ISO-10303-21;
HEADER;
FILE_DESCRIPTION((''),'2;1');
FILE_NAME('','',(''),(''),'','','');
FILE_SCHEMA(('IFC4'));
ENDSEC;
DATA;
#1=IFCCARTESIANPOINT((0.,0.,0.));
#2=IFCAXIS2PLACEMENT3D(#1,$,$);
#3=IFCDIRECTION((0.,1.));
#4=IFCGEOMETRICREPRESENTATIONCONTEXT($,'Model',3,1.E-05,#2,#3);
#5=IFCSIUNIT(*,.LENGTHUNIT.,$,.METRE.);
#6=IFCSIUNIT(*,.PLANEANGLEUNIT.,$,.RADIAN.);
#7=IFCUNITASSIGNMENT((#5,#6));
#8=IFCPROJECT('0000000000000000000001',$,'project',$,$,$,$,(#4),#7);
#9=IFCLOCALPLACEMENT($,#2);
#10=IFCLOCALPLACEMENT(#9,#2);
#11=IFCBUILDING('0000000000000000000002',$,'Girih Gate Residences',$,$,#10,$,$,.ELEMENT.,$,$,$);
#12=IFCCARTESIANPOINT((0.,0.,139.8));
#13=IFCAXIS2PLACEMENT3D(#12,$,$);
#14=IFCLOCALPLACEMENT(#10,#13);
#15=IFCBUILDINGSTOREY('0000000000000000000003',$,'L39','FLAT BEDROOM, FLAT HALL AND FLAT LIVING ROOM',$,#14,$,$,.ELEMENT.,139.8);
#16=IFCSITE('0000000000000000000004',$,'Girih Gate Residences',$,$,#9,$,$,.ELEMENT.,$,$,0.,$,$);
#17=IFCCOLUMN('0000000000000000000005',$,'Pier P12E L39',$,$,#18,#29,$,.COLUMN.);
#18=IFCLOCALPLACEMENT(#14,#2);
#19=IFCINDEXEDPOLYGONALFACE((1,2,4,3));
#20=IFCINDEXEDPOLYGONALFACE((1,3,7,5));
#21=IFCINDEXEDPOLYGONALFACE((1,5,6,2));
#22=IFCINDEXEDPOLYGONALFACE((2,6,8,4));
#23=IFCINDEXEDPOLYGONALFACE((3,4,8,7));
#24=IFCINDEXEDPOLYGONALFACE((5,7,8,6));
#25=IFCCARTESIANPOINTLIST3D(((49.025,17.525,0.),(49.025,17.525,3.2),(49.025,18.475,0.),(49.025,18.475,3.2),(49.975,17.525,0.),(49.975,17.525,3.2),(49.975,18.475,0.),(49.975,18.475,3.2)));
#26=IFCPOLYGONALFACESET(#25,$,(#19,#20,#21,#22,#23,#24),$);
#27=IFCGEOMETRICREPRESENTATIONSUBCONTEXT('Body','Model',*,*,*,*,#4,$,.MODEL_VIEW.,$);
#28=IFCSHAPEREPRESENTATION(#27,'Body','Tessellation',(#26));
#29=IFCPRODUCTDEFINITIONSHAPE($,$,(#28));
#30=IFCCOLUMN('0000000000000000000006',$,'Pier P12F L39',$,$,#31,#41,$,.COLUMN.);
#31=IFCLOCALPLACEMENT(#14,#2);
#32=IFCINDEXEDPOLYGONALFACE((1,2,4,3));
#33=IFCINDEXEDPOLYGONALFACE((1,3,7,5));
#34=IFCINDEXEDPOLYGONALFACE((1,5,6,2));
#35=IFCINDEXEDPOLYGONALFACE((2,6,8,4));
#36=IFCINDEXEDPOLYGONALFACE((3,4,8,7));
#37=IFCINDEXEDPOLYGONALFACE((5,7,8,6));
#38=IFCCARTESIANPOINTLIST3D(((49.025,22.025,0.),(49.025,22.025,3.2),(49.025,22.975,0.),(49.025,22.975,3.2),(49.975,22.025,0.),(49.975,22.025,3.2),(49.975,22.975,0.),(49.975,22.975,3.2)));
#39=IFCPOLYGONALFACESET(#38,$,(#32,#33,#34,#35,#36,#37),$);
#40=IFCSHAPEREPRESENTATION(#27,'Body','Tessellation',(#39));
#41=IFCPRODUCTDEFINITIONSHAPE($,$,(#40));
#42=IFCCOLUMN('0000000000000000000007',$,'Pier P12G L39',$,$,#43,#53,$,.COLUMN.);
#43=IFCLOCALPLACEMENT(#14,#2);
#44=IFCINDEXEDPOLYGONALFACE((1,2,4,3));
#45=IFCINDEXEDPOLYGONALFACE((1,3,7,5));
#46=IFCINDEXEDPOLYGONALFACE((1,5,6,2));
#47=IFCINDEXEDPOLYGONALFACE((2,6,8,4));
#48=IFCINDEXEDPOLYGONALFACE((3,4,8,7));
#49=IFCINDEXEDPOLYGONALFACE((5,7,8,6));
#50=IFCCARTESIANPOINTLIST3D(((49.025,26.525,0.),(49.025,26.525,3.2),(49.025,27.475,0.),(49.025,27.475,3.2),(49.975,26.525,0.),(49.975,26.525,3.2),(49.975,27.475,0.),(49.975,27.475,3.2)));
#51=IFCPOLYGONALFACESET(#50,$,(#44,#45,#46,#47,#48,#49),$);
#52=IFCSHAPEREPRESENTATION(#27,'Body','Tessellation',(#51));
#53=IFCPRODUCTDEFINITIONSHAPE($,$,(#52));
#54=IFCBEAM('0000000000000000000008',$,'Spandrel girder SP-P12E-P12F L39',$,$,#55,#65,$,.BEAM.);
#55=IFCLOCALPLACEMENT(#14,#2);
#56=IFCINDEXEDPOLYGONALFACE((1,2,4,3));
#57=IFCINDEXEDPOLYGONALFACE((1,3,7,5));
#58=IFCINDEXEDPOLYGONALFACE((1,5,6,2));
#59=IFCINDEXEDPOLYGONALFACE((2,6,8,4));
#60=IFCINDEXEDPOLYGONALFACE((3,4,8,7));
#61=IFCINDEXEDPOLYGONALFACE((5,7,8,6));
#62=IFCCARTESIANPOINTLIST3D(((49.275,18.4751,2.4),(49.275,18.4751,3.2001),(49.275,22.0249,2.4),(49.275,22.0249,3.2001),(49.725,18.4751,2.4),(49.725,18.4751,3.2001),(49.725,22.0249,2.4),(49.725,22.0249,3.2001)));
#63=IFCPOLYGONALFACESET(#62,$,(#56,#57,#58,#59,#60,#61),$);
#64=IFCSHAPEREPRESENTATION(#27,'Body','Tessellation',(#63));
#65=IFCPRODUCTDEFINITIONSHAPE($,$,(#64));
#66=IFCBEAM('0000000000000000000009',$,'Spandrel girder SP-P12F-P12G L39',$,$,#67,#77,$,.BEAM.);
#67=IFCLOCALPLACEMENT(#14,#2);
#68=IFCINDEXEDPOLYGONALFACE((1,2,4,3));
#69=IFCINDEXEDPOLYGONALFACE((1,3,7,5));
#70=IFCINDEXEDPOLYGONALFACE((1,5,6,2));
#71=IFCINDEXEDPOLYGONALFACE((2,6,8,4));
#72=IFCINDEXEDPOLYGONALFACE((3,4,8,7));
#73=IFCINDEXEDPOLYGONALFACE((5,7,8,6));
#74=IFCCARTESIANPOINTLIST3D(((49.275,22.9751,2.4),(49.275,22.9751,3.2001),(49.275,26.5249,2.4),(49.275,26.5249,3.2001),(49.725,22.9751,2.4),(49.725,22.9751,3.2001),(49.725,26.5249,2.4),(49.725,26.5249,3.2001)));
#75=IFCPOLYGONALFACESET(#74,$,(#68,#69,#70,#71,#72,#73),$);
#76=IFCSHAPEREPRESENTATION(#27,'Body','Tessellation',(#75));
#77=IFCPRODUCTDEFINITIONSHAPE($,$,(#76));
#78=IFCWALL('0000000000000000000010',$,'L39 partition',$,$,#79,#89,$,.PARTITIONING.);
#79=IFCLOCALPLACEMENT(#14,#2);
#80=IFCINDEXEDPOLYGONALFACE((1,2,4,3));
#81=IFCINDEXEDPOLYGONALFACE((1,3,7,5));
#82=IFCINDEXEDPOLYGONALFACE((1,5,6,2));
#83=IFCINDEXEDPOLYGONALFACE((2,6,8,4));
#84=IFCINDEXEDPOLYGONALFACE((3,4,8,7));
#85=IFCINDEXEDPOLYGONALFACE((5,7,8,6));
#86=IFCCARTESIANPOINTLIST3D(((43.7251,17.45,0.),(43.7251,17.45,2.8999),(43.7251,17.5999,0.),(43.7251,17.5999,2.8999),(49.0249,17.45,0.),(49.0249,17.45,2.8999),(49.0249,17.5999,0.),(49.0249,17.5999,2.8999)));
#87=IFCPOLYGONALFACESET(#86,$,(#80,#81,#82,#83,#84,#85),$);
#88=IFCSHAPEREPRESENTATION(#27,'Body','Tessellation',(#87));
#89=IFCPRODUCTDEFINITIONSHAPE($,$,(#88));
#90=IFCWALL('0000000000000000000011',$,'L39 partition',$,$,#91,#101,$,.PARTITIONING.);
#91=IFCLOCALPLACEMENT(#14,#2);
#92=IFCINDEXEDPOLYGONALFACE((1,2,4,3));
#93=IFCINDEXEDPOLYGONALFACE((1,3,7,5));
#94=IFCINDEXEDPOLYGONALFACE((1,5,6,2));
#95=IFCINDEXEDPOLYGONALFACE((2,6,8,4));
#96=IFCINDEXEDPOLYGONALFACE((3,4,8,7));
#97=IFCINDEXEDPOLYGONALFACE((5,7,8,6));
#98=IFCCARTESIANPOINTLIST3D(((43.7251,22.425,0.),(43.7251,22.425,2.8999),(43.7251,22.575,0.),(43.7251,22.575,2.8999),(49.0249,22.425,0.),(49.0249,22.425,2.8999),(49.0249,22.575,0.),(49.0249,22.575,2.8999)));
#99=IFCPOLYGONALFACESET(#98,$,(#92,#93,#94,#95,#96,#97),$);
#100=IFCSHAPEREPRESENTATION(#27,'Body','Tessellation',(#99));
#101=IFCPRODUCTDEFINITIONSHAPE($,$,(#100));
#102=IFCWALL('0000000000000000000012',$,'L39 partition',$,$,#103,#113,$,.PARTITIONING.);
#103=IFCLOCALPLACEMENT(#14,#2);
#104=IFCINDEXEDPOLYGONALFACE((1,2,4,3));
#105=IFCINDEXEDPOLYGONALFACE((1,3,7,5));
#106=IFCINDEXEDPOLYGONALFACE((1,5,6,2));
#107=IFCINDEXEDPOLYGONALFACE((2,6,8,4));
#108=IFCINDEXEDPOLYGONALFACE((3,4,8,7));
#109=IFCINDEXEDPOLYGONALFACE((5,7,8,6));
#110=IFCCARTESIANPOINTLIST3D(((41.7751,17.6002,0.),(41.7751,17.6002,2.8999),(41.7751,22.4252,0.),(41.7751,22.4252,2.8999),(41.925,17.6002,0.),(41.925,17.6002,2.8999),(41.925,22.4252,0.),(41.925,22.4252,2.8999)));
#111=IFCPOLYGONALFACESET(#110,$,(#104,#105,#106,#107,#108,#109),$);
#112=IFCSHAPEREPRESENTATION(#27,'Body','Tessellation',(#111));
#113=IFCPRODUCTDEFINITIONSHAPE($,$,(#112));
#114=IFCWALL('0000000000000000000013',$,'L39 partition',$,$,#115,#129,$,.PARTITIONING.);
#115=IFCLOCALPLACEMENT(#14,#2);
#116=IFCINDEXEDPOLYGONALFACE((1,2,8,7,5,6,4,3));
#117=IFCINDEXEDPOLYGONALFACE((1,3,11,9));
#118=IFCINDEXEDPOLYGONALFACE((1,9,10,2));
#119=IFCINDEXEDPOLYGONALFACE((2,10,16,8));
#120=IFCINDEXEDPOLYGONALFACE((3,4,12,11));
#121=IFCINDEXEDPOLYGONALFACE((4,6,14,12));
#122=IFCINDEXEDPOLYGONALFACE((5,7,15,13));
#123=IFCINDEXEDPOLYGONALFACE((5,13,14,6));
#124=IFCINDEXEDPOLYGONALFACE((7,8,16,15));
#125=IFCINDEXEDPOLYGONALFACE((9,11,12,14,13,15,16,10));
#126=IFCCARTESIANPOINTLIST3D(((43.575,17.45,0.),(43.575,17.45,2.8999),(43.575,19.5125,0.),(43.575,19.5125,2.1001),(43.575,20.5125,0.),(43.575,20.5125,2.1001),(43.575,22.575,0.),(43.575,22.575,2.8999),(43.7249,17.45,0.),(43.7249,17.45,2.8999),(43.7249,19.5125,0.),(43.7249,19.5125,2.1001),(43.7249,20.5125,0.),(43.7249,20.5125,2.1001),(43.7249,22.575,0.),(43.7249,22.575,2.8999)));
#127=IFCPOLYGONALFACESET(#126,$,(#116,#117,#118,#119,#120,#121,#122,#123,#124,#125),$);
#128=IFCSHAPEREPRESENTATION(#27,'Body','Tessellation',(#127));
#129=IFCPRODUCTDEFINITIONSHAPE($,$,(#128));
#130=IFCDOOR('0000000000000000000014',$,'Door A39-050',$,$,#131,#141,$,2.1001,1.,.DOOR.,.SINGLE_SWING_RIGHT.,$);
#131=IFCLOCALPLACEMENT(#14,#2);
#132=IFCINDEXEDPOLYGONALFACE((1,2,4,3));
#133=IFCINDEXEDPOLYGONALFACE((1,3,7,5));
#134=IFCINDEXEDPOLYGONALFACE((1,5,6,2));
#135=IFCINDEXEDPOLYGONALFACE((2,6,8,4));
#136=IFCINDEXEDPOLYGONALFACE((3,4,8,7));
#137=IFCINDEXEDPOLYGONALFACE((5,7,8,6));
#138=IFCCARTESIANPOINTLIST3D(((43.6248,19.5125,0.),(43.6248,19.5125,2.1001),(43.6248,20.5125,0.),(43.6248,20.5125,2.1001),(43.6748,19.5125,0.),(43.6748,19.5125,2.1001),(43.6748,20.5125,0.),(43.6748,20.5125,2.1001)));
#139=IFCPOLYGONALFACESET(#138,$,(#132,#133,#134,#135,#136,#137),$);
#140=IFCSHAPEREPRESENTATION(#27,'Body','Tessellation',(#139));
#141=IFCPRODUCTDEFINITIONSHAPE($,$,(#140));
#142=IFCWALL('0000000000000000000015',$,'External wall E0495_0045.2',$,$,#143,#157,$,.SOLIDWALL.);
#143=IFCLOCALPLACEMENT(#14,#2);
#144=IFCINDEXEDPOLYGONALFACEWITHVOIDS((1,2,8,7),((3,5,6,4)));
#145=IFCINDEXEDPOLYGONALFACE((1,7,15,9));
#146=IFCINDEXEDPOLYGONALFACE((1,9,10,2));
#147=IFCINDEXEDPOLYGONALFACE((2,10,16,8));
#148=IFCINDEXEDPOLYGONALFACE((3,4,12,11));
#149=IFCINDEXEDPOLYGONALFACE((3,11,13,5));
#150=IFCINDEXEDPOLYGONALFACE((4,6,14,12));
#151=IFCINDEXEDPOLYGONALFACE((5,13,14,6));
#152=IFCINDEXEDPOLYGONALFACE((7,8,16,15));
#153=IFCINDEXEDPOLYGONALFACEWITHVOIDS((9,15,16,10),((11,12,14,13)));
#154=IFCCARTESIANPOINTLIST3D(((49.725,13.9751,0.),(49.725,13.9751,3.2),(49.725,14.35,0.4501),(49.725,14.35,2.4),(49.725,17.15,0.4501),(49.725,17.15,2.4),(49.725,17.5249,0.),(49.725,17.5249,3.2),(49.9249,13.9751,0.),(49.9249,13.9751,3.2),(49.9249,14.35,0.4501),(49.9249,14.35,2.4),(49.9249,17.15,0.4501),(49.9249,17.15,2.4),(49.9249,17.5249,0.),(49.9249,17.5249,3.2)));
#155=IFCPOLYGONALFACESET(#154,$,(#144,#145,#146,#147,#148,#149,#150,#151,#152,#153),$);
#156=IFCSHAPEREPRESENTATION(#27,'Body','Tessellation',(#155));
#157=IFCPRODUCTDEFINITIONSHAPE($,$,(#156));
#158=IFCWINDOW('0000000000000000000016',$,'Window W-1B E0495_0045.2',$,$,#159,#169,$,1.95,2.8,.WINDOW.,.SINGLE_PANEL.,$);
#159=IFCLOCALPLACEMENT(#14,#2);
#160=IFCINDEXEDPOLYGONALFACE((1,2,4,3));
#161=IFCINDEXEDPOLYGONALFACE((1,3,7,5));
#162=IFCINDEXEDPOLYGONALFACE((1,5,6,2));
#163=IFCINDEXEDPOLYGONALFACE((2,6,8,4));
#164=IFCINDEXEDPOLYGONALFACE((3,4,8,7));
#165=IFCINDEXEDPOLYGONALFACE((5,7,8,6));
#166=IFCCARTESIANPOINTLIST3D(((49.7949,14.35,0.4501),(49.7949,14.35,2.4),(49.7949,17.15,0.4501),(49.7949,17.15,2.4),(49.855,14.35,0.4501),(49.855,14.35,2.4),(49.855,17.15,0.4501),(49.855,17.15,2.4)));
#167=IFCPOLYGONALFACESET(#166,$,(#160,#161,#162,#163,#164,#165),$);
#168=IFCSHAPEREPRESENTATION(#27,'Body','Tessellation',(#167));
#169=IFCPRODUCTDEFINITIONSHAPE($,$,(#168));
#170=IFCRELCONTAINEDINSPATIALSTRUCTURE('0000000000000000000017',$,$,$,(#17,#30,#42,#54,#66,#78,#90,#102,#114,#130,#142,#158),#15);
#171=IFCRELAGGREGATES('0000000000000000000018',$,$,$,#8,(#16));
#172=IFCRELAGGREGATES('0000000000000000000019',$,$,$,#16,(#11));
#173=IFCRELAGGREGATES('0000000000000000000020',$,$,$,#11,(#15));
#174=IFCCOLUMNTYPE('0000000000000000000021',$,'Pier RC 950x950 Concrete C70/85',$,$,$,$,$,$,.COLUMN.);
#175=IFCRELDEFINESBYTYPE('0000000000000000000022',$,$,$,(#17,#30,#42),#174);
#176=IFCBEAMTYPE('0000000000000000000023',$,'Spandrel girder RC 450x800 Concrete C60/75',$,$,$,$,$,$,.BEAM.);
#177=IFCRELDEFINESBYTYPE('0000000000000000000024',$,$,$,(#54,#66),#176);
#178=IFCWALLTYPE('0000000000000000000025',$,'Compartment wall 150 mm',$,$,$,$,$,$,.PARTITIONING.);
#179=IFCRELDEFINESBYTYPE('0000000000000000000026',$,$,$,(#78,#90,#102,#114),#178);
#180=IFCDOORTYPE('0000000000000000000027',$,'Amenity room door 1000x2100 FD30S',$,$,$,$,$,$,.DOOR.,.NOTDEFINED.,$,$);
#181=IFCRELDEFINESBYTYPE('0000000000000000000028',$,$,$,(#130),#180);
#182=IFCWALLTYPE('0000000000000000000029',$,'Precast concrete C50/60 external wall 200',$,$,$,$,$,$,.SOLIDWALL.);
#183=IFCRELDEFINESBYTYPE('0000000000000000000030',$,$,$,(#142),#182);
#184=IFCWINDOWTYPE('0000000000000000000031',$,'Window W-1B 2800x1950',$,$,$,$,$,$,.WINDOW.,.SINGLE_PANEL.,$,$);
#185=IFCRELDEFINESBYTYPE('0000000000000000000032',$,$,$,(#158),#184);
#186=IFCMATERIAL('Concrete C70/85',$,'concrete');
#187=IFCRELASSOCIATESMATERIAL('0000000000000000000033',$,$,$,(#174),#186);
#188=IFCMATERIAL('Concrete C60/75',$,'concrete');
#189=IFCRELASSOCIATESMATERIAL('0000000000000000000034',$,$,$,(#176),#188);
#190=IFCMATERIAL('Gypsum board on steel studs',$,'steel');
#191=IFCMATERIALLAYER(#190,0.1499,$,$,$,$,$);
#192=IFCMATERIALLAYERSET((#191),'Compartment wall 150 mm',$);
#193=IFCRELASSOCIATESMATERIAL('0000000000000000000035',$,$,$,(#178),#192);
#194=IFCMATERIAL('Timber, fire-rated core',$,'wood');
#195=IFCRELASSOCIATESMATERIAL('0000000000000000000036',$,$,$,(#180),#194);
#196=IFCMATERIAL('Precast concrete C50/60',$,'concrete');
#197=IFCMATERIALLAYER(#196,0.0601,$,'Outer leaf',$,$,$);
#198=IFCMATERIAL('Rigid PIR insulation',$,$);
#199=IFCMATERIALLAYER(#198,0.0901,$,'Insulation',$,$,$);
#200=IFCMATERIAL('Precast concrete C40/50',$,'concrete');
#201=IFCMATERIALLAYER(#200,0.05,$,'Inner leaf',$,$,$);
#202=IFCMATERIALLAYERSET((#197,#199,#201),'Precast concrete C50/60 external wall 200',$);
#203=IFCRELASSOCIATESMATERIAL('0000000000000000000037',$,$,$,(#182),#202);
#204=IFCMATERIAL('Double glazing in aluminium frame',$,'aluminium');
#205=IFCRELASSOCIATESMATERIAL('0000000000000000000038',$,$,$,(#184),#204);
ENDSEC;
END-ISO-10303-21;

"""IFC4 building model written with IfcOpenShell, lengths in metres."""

from ifc_helpers import new_model, si_unit, direction, frame, frame_2d, origin, origin_2d, place, context, subcontext, project, spatial, rectangle, extrude, material, layer, layer_set, material_profile, profile_set, type_object, element, fill, save


model = new_model("IFC4")

# Units and contexts
model_context = context("Model", 3, precision=1e-05, world=origin(), true_north=direction((0.0, 1.0)))
body_context = subcontext(model_context, "Body", "Model", "MODEL_VIEW")
ifc_project = project(units=[si_unit("LENGTHUNIT", "METRE"), si_unit("PLANEANGLEUNIT", "RADIAN")], contexts=[model_context])

# Site, building, storey
site_placement = place(None, origin())
site = spatial("IfcSite", under=ifc_project, at=site_placement, Name="Girih Gate Residences", CompositionType="ELEMENT", RefElevation=0.0)
building_placement = place(site_placement, origin())
building = spatial("IfcBuilding", under=site, at=building_placement, Name="Girih Gate Residences", CompositionType="ELEMENT")
storey_placement = place(building_placement, frame((0.0, 0.0, 139.8)))
storey = spatial("IfcBuildingStorey", under=building, at=storey_placement, Name="L39", Description="FLAT BEDROOM, FLAT HALL AND FLAT LIVING ROOM", CompositionType="ELEMENT", Elevation=139.8)

# Columns
ifc_material_1 = material(Name="Concrete C70/85", Category="concrete")
ifc_material_profile_1 = material_profile(ifc_material_1, rectangle(XDim=0.95, YDim=0.95, at=origin_2d()))
ifc_profile_set_1 = profile_set([ifc_material_profile_1], Name="Concrete C70/85")
column_type = type_object("IfcColumnType", Name="Pier RC 950x950 Concrete C70/85", PredefinedType="COLUMN", material=ifc_profile_set_1)
for number, where, z_axis, x_axis, name in (
    (1, (49.5, 18.0, 0.0), (0.0, 0.0, 1.0), (1.0, 0.0, 0.0), "Pier P12E L39"),
    (2, (49.5, 22.5, 0.0), (0.0, 0.0, 1.0), (1.0, 0.0, 0.0), "Pier P12F L39"),
    (3, (49.5, 27.0, 0.0), (0.0, 0.0, 1.0), (1.0, 0.0, 0.0), "Pier P12G L39"),
):
    element("IfcColumn", number, at=place(storey_placement, frame(where, z_axis=z_axis, x_axis=x_axis)), inside=storey, type_object=column_type, Name=name, PredefinedType="COLUMN", context=body_context, shape_type="SweptSolid", body=[
        extrude(rectangle(XDim=0.95, YDim=0.95, at=origin_2d()), origin(), (0.0, 0.0, 1.0), 3.2),
    ])

# Beams
ifc_material_2 = material(Name="Concrete C60/75", Category="concrete")
ifc_material_profile_2 = material_profile(ifc_material_2, rectangle(XDim=0.45, YDim=0.8, at=origin_2d()))
ifc_profile_set_2 = profile_set([ifc_material_profile_2], Name="Concrete C60/75")
beam_type = type_object("IfcBeamType", Name="Spandrel girder RC 450x800 Concrete C60/75", PredefinedType="BEAM", material=ifc_profile_set_2)
for number, where, z_axis, x_axis, name in (
    (4, (49.5, 18.4751, 2.8), (0.0, 1.0, 0.0), (-1.0, 0.0, 0.0), "Spandrel girder SP-P12E-P12F L39"),
    (5, (49.5, 22.9751, 2.8), (0.0, 1.0, 0.0), (-1.0, 0.0, 0.0), "Spandrel girder SP-P12F-P12G L39"),
):
    element("IfcBeam", number, at=place(storey_placement, frame(where, z_axis=z_axis, x_axis=x_axis)), inside=storey, type_object=beam_type, Name=name, PredefinedType="BEAM", context=body_context, shape_type="SweptSolid", body=[
        extrude(rectangle(XDim=0.45, YDim=0.8, at=origin_2d()), origin(), (0.0, 0.0, 1.0), 3.5498),
    ])

# Walls
ifc_material_3 = material(Name="Gypsum board on steel studs", Category="steel")
ifc_layer_1 = layer(ifc_material_3, 0.1499)
ifc_layer_set_1 = layer_set([ifc_layer_1], Name="Compartment wall 150 mm")
wall_type_1 = type_object("IfcWallType", Name="Compartment wall 150 mm", PredefinedType="PARTITIONING", material=ifc_layer_set_1)
for number, where, z_axis, x_axis, name in (
    (6, (43.7251, 17.5249, 0.0), (0.0, 0.0, 1.0), (1.0, 0.0, 0.0), "L39 partition"),
    (7, (43.7251, 22.5, 0.0), (0.0, 0.0, 1.0), (1.0, 0.0, 0.0), "L39 partition"),
):
    element("IfcWall", number, at=place(storey_placement, frame(where, z_axis=z_axis, x_axis=x_axis)), inside=storey, type_object=wall_type_1, Name=name, PredefinedType="PARTITIONING", context=body_context, shape_type="SweptSolid", body=[
        extrude(rectangle(XDim=5.2998, YDim=0.1499, at=frame_2d((2.6499, 0.0))), origin(), (0.0, 0.0, 1.0), 2.8999),
    ])
wall_1_placement = place(storey_placement, frame((41.8501, 17.6001, 0.0), z_axis=(0.0, 0.0, 1.0), x_axis=(0.0, 1.0, 0.0)))
element("IfcWall", 8, at=wall_1_placement, inside=storey, type_object=wall_type_1, Name="L39 partition", PredefinedType="PARTITIONING", context=body_context, shape_type="SweptSolid", body=[
    extrude(rectangle(XDim=4.825, YDim=0.1499, at=frame_2d((2.4126, 0.0))), origin(), (0.0, 0.0, 1.0), 2.8999),
])

# Wall, opening, door
wall_2_placement = place(storey_placement, frame((43.6499, 22.575, 0.0), z_axis=(0.0, 0.0, 1.0), x_axis=(0.0, -1.0, 0.0)))
wall_2 = element("IfcWall", 9, at=wall_2_placement, inside=storey, type_object=wall_type_1, Name="L39 partition", PredefinedType="PARTITIONING", context=body_context, shape_type="SweptSolid", body=[
    extrude(rectangle(XDim=5.125, YDim=0.1499, at=frame_2d((2.5625, 0.0))), origin(), (0.0, 0.0, 1.0), 2.8999),
])
opening_1_placement = place(wall_2_placement, frame((2.0625, 0.0, 0.0)))
opening_1 = element("IfcOpeningElement", 10, at=opening_1_placement, cuts=wall_2, PredefinedType="OPENING", context=body_context, shape_type="SweptSolid", body=[
    extrude(rectangle(XDim=1.0, YDim=2.1001, at=frame_2d((0.5, 1.05))), frame((0.0, 0.085, 0.0), z_axis=(0.0, -1.0, 0.0), x_axis=(1.0, 0.0, 0.0)), (0.0, 0.0, 1.0), 0.1699),
])
ifc_material_4 = material(Name="Timber, fire-rated core", Category="wood")
door_type = type_object("IfcDoorType", Name="Amenity room door 1000x2100 FD30S", OperationType="NOTDEFINED", PredefinedType="DOOR", material=ifc_material_4)
door_placement = place(opening_1_placement, origin())
door = element("IfcDoor", 11, at=door_placement, inside=storey, type_object=door_type, Name="Door A39-050", OperationType="SINGLE_SWING_RIGHT", OverallHeight=2.1001, OverallWidth=1.0, PredefinedType="DOOR", context=body_context, shape_type="SweptSolid", body=[
    extrude(rectangle(XDim=1.0, YDim=2.1001, at=frame_2d((0.5, 1.05))), frame((0.0, 0.0249, 0.0), z_axis=(0.0, -1.0, 0.0), x_axis=(1.0, 0.0, 0.0)), (0.0, 0.0, 1.0), 0.05),
])
fill(opening_1, door)

# Wall, opening, window
ifc_material_5 = material(Name="Precast concrete C50/60", Category="concrete")
ifc_layer_2 = layer(ifc_material_5, 0.0601, Name="Outer leaf")
ifc_material_6 = material(Name="Rigid PIR insulation")
ifc_layer_3 = layer(ifc_material_6, 0.0901, Name="Insulation")
ifc_material_7 = material(Name="Precast concrete C40/50", Category="concrete")
ifc_layer_4 = layer(ifc_material_7, 0.05, Name="Inner leaf")
ifc_layer_set_2 = layer_set([ifc_layer_2, ifc_layer_3, ifc_layer_4], Name="Precast concrete C50/60 external wall 200")
wall_type_2 = type_object("IfcWallType", Name="Precast concrete C50/60 external wall 200", PredefinedType="SOLIDWALL", material=ifc_layer_set_2)
wall_3_placement = place(storey_placement, frame((49.825, 17.5249, 0.0), z_axis=(0.0, 0.0, 1.0), x_axis=(0.0, -1.0, 0.0)))
wall_3 = element("IfcWall", 12, at=wall_3_placement, inside=storey, type_object=wall_type_2, Name="External wall E0495_0045.2", PredefinedType="SOLIDWALL", context=body_context, shape_type="SweptSolid", body=[
    extrude(rectangle(XDim=3.5498, YDim=0.2, at=frame_2d((1.7749, 0.0))), origin(), (0.0, 0.0, 1.0), 3.2),
])
opening_2_placement = place(wall_3_placement, frame((0.375, 0.0, 0.45)))
opening_2 = element("IfcOpeningElement", 13, at=opening_2_placement, cuts=wall_3, PredefinedType="OPENING", context=body_context, shape_type="SweptSolid", body=[
    extrude(rectangle(XDim=2.8, YDim=1.95, at=frame_2d((1.3999, 0.9751))), frame((0.0, 0.1099, 0.0), z_axis=(0.0, -1.0, 0.0), x_axis=(1.0, 0.0, 0.0)), (0.0, 0.0, 1.0), 0.22),
])
ifc_material_8 = material(Name="Double glazing in aluminium frame", Category="aluminium")
window_type = type_object("IfcWindowType", Name="Window W-1B 2800x1950", PartitioningType="SINGLE_PANEL", PredefinedType="WINDOW", material=ifc_material_8)
window_1_placement = place(opening_2_placement, origin())
window_1 = element("IfcWindow", 14, at=window_1_placement, inside=storey, type_object=window_type, Name="Window W-1B E0495_0045.2", OverallHeight=1.95, OverallWidth=2.8, PartitioningType="SINGLE_PANEL", PredefinedType="WINDOW", context=body_context, shape_type="SweptSolid", body=[
    extrude(rectangle(XDim=2.8, YDim=1.95, at=frame_2d((1.3999, 0.9751))), frame((0.0, 0.03, 0.0), z_axis=(0.0, -1.0, 0.0), x_axis=(1.0, 0.0, 0.0)), (0.0, 0.0, 1.0), 0.0601),
])
fill(opening_2, window_1)

save(model, "model.ifc")
